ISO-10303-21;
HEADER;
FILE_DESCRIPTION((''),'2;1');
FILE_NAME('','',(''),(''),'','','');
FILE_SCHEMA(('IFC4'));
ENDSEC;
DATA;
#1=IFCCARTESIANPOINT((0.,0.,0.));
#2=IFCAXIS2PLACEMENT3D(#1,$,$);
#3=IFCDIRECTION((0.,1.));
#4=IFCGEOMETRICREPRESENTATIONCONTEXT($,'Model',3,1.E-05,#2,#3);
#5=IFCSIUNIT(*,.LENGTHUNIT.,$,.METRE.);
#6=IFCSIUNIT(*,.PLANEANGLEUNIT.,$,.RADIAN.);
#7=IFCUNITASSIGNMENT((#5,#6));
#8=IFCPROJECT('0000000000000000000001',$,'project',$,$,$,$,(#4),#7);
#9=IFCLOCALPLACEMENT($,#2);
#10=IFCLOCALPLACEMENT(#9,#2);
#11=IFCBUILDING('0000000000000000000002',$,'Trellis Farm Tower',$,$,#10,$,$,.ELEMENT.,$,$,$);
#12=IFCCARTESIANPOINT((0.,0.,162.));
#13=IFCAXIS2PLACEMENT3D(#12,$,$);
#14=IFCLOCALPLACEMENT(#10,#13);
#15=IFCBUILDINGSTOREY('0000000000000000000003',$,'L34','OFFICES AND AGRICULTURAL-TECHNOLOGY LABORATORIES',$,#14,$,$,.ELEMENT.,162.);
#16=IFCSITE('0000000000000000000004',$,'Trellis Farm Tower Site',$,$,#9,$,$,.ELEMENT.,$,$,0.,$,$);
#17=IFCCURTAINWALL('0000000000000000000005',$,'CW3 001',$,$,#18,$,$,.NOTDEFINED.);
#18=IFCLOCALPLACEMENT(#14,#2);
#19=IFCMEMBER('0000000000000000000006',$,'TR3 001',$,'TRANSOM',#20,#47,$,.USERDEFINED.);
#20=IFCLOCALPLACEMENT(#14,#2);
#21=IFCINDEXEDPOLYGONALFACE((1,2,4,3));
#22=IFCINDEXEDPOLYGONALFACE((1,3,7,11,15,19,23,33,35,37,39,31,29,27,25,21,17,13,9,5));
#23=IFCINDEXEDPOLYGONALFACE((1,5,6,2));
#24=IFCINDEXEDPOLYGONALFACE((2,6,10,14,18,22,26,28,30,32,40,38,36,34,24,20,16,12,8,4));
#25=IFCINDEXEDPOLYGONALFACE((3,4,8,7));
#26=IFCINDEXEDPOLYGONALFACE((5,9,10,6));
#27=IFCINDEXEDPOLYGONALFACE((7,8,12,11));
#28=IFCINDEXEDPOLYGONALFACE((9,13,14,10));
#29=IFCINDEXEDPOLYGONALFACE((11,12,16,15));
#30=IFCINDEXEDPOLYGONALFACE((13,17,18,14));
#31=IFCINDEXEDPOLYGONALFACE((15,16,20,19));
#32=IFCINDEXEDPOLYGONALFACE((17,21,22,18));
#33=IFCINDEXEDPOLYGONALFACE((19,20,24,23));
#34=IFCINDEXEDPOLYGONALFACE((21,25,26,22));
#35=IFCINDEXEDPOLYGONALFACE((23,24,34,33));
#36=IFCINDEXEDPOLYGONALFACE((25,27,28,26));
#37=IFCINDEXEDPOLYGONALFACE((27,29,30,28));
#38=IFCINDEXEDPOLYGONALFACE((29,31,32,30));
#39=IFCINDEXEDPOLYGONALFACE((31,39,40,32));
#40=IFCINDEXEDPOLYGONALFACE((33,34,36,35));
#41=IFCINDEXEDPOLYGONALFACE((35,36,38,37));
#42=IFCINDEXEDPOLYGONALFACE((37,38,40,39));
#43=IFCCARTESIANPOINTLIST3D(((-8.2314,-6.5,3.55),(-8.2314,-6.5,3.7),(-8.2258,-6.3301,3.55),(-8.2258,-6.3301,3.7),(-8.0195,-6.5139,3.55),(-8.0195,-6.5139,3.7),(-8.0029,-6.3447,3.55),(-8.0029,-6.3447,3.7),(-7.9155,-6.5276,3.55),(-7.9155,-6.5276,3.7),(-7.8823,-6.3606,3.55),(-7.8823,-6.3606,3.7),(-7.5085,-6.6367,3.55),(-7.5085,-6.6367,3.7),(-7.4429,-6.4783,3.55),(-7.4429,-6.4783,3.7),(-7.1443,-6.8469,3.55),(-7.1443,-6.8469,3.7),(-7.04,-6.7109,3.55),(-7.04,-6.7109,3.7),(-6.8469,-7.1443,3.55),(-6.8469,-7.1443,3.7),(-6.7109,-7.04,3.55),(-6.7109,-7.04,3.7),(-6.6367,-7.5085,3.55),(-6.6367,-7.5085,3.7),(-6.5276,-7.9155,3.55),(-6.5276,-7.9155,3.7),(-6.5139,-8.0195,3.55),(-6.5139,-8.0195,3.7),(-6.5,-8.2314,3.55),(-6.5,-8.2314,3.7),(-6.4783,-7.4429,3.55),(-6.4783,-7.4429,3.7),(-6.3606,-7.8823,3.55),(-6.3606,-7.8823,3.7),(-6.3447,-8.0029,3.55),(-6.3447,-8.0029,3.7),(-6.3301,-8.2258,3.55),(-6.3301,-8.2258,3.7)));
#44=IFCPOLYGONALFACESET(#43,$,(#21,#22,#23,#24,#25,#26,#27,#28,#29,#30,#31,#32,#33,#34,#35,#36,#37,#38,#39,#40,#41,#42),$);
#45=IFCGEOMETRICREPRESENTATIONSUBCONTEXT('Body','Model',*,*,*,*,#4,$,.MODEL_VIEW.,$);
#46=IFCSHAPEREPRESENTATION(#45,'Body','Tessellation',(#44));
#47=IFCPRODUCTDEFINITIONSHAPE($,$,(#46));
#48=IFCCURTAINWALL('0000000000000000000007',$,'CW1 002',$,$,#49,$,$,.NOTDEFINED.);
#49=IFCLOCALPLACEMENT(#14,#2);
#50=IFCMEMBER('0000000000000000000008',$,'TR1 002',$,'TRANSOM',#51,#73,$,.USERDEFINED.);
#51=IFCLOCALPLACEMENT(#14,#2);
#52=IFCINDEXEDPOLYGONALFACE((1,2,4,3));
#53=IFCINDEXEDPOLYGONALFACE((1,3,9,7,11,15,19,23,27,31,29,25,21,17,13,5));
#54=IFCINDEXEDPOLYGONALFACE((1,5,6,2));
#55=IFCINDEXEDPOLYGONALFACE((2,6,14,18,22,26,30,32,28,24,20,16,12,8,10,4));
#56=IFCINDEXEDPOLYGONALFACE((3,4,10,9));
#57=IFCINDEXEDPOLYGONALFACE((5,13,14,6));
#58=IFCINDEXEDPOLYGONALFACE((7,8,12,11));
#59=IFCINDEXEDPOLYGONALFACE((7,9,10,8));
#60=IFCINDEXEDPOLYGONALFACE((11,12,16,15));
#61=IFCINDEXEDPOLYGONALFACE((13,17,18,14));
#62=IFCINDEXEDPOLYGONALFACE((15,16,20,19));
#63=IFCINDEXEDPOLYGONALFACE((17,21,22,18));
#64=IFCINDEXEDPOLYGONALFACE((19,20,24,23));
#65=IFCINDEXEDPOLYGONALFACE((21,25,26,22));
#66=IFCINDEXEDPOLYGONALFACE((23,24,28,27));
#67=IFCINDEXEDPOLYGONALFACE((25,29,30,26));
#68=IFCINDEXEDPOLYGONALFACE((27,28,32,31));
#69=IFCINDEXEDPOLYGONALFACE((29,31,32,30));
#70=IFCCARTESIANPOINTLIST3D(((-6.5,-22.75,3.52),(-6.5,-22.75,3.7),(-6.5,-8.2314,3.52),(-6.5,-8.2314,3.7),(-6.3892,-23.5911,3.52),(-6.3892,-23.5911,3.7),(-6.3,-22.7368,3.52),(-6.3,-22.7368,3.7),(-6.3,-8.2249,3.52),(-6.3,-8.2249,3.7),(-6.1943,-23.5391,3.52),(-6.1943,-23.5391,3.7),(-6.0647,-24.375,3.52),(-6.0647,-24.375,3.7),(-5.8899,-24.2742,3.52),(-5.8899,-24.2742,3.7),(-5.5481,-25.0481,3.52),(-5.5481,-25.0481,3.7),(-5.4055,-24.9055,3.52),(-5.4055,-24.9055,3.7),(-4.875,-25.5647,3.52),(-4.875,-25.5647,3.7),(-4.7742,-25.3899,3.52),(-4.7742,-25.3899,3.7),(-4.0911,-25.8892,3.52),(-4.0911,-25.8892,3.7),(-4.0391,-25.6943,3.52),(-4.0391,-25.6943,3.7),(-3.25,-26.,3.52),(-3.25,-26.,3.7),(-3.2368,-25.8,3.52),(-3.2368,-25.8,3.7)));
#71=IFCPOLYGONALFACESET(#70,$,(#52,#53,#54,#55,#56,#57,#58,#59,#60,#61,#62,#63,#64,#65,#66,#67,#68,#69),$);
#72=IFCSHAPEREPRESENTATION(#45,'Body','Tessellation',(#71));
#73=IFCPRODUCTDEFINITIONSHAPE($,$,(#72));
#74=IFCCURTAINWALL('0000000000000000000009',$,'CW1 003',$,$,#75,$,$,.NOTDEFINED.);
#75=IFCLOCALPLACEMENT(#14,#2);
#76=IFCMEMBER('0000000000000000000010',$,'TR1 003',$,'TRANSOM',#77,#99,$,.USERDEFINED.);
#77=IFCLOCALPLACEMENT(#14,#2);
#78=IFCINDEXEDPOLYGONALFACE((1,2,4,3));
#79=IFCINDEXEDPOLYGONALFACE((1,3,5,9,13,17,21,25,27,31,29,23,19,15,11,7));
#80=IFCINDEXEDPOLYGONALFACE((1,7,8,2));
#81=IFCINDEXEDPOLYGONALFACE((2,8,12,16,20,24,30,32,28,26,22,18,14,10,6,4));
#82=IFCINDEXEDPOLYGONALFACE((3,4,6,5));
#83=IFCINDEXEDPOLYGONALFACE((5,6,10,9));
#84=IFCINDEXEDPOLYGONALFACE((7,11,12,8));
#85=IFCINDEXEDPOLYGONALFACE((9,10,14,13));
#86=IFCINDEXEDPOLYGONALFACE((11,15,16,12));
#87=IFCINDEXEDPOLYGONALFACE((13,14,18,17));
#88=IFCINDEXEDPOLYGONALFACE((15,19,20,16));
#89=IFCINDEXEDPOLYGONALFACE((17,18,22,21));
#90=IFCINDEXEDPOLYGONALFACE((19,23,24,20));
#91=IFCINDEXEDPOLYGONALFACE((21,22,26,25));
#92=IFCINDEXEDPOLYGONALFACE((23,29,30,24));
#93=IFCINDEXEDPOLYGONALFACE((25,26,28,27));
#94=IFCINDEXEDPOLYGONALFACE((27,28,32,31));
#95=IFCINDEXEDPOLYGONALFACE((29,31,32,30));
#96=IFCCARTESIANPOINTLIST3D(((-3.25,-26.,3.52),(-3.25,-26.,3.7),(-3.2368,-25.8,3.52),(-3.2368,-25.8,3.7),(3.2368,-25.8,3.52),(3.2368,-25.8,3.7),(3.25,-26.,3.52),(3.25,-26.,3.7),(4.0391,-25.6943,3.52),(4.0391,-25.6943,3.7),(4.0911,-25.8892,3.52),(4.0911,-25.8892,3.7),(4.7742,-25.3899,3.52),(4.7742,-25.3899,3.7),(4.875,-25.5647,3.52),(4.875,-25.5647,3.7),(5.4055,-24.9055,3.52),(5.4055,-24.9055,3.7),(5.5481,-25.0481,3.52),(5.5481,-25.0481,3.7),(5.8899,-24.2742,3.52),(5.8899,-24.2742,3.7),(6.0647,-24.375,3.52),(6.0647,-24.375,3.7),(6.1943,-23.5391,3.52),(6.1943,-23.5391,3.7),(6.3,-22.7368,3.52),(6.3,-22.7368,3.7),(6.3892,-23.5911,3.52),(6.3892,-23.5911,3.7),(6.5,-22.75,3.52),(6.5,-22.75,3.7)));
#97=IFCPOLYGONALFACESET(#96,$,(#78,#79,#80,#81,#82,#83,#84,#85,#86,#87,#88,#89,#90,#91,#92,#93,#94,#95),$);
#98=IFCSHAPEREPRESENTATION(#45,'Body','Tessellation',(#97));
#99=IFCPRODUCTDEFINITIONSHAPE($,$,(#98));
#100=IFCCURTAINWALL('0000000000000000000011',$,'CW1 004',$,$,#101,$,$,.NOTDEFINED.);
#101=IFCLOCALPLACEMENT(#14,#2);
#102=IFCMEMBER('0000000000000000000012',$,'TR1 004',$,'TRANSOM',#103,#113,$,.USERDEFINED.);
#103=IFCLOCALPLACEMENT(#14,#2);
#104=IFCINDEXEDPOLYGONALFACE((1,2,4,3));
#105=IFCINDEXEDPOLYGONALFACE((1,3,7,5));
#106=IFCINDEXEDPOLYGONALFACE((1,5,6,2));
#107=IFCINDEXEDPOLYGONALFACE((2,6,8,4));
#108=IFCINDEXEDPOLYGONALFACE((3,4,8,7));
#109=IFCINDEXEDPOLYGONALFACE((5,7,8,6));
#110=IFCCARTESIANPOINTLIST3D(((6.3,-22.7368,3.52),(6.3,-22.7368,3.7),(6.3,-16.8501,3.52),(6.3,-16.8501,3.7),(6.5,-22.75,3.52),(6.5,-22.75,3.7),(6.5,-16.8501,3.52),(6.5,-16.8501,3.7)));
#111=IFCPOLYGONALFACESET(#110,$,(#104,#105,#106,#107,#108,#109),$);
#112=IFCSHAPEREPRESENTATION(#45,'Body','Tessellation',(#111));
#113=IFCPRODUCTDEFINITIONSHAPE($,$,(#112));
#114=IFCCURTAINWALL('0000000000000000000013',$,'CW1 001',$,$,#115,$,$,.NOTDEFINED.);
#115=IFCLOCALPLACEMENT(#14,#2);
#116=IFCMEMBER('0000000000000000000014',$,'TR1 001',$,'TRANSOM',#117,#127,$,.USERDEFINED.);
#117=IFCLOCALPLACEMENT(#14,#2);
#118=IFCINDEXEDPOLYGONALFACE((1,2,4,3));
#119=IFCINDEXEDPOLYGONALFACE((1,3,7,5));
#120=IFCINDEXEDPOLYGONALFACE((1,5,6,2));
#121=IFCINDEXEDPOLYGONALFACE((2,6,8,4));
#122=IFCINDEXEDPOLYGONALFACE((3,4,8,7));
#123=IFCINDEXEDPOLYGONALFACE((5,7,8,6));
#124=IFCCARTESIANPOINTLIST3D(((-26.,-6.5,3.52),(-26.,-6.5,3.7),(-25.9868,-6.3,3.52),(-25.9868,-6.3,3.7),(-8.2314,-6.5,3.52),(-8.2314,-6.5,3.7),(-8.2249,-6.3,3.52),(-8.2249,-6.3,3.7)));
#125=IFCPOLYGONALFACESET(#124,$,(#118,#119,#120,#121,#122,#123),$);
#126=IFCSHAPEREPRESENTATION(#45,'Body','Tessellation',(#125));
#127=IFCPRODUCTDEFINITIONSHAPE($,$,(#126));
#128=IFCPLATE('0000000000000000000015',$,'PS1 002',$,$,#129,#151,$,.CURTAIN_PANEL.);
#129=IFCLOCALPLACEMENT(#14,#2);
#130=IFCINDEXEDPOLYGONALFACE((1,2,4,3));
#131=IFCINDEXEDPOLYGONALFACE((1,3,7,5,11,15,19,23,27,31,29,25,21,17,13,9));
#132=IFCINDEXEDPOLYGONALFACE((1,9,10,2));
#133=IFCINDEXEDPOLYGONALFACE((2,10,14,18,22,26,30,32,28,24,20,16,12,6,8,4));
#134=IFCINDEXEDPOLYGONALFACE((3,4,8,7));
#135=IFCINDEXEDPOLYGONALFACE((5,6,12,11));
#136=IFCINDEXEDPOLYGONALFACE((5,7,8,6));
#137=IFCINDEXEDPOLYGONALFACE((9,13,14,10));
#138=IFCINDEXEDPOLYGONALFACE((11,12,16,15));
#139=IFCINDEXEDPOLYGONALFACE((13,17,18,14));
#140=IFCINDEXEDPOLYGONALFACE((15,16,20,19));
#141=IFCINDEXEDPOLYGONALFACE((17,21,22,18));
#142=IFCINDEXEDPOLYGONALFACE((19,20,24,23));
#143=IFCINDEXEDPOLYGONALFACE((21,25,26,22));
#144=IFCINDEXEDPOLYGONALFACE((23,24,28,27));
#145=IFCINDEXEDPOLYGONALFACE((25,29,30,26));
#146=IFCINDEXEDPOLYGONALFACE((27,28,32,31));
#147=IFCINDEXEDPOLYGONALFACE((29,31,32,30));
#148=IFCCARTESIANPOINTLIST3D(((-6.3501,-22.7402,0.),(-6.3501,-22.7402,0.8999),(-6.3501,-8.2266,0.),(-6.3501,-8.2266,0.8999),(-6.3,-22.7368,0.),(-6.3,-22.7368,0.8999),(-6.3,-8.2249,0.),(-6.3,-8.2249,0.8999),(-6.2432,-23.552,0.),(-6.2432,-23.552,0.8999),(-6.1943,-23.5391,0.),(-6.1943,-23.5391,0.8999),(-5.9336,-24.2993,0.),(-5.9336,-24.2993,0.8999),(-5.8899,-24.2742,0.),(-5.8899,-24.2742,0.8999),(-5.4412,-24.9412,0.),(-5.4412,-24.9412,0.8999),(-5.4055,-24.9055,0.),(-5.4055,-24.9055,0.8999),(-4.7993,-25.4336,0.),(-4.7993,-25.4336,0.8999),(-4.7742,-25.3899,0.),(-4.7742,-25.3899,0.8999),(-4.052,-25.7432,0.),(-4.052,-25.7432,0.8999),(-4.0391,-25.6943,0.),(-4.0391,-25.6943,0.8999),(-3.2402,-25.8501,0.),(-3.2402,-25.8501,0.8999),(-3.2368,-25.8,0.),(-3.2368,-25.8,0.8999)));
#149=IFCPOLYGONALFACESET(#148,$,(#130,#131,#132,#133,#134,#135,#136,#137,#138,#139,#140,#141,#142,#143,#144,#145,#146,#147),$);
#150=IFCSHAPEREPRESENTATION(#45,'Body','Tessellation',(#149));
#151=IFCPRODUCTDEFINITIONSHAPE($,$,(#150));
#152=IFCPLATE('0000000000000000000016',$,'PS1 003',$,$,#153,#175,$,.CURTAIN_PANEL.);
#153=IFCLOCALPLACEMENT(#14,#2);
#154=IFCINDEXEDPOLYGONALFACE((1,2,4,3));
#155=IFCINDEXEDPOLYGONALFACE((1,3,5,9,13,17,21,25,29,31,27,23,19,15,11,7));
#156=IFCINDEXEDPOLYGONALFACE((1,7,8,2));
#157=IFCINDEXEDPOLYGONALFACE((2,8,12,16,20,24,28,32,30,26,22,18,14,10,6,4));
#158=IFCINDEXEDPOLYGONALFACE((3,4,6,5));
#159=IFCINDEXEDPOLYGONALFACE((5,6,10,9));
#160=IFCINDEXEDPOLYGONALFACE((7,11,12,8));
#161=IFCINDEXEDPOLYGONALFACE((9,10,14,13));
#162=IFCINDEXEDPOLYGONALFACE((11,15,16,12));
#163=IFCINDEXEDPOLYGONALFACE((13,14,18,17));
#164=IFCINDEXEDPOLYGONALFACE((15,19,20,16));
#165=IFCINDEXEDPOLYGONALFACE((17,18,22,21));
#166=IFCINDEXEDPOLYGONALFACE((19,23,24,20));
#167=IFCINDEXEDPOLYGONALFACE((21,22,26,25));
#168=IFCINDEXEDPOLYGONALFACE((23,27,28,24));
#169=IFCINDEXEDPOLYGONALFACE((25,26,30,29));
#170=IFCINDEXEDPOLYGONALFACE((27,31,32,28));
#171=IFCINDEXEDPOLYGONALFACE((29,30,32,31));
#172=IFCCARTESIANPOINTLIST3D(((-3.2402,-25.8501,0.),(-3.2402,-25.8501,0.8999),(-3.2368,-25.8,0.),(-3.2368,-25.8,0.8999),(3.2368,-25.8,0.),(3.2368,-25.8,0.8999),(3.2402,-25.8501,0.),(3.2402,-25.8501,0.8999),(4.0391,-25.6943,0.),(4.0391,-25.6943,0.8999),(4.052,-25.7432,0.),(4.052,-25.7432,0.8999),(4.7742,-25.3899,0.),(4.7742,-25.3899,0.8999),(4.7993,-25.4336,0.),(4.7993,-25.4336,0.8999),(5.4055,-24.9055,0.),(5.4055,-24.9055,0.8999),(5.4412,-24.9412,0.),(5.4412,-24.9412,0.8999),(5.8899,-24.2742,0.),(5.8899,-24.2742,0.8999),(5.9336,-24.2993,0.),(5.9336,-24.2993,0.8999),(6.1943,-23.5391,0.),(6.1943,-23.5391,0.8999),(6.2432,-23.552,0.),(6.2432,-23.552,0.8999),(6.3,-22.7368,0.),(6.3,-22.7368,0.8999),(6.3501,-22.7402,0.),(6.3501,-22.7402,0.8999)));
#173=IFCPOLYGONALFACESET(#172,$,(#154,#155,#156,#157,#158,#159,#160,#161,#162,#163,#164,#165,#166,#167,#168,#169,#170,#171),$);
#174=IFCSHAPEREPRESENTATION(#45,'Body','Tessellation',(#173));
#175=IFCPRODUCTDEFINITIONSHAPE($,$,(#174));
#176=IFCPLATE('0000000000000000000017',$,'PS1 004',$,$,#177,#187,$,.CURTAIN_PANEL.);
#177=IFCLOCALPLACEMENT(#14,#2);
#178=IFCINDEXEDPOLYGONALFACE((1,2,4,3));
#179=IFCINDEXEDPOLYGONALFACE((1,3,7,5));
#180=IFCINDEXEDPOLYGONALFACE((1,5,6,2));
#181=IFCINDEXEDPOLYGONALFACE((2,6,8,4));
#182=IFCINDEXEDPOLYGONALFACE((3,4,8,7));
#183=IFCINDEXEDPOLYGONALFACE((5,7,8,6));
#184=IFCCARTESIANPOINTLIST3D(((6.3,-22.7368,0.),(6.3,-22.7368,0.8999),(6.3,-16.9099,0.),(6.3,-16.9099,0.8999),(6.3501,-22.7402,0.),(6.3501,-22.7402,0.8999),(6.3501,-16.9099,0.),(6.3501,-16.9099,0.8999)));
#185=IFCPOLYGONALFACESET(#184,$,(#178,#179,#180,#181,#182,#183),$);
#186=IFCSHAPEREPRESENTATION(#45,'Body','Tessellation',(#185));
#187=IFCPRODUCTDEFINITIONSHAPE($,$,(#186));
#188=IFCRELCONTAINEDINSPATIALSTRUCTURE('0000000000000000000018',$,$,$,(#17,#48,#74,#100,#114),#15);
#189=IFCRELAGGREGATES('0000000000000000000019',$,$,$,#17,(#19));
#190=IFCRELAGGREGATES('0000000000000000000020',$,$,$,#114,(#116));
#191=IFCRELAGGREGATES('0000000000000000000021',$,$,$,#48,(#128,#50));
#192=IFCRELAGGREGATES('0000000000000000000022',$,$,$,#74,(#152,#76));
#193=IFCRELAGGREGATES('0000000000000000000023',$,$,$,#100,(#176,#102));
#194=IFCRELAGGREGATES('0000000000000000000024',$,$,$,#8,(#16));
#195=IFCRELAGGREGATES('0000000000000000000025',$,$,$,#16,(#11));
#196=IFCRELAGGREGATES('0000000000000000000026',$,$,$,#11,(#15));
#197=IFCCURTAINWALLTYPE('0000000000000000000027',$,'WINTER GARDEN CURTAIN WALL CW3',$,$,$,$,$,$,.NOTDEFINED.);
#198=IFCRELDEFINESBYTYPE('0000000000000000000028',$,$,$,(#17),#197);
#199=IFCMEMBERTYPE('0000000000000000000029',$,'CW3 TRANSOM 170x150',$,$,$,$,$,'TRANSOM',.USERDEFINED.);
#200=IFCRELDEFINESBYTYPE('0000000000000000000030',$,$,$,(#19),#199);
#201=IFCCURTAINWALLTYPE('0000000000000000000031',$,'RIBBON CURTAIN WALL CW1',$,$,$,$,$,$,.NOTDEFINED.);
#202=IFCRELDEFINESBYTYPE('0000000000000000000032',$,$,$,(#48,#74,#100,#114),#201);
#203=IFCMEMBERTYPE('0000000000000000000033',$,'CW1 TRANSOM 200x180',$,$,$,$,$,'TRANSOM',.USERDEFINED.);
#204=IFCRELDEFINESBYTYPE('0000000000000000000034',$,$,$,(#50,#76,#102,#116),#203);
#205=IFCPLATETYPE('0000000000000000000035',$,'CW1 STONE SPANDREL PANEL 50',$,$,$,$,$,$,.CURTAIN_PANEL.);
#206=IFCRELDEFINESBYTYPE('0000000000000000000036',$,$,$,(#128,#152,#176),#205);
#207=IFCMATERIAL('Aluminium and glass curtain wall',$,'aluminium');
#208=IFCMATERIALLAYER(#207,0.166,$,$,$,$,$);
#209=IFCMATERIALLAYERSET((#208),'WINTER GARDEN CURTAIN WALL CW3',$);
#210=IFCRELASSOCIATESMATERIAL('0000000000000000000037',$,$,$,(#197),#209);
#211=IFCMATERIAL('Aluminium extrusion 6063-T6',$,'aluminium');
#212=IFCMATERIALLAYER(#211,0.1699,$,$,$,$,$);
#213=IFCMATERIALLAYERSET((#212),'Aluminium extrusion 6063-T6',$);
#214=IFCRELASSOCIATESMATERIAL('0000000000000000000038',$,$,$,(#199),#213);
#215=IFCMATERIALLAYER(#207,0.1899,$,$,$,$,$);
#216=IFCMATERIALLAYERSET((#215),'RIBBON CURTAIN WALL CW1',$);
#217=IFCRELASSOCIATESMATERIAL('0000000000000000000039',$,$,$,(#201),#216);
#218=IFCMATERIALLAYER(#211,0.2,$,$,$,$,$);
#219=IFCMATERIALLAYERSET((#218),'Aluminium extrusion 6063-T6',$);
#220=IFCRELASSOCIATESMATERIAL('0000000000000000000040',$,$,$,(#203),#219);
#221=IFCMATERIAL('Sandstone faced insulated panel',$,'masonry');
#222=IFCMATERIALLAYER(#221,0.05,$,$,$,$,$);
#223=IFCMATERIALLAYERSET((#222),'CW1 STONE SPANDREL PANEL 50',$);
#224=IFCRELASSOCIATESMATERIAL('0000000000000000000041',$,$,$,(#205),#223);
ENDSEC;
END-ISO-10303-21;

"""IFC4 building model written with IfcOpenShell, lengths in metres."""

from ifc_helpers import new_model, si_unit, direction, frame, origin, place, context, subcontext, project, spatial, polyline, outline, extrude, source, transform, mapped, material, layer, layer_set, type_object, element, aggregate, save


model = new_model("IFC4")

# Units and contexts
model_context = context("Model", 3, precision=1e-05, world=origin(), true_north=direction((0.0, 1.0)))
body_context = subcontext(model_context, "Body", "Model", "MODEL_VIEW")
ifc_project = project(units=[si_unit("LENGTHUNIT", "METRE"), si_unit("PLANEANGLEUNIT", "RADIAN")], contexts=[model_context])

# Site, building, storey
site_placement = place(None, origin())
site = spatial("IfcSite", under=ifc_project, at=site_placement, Name="Trellis Farm Tower Site", CompositionType="ELEMENT", RefElevation=0.0)
building_placement = place(site_placement, origin())
building = spatial("IfcBuilding", under=site, at=building_placement, Name="Trellis Farm Tower", CompositionType="ELEMENT")
storey_placement = place(building_placement, frame((0.0, 0.0, 162.0)))
storey = spatial("IfcBuildingStorey", under=building, at=storey_placement, Name="L34", Description="OFFICES AND AGRICULTURAL-TECHNOLOGY LABORATORIES", CompositionType="ELEMENT", Elevation=162.0)

# Curtain walls, members
ifc_material_1 = material(Name="Aluminium and glass curtain wall", Category="aluminium")
ifc_layer_1 = layer(ifc_material_1, 0.166)
ifc_layer_set_1 = layer_set([ifc_layer_1], Name="WINTER GARDEN CURTAIN WALL CW3")
curtain_wall_type_1 = type_object("IfcCurtainWallType", Name="WINTER GARDEN CURTAIN WALL CW3", PredefinedType="NOTDEFINED", material=ifc_layer_set_1)
placement_1 = place(storey_placement, origin())
curtain_wall_1 = element("IfcCurtainWall", 1, at=placement_1, inside=storey, type_object=curtain_wall_type_1, Name="CW3 001", PredefinedType="NOTDEFINED")
ifc_material_2 = material(Name="Aluminium extrusion 6063-T6", Category="aluminium")
ifc_layer_2 = layer(ifc_material_2, 0.1699)
ifc_layer_set_2 = layer_set([ifc_layer_2], Name="Aluminium extrusion 6063-T6")
member_type_1 = type_object("IfcMemberType", Name="CW3 TRANSOM 170x150", ElementType="TRANSOM", PredefinedType="USERDEFINED", material=ifc_layer_set_2)
shared_shape_1 = source(origin(), body_context, "Body", "SweptSolid", [
    extrude(outline(polyline([(-8.2314, -6.5), (-8.0195, -6.5139), (-7.9155, -6.5276), (-7.5085, -6.6367), (-7.1443, -6.8469), (-6.8469, -7.1443), (-6.6367, -7.5085), (-6.5276, -7.9155), (-6.5139, -8.0195), (-6.5, -8.2314), (-6.3301, -8.2258), (-6.3447, -8.0029), (-6.3606, -7.8823), (-6.4783, -7.4429), (-6.7109, -7.04), (-7.04, -6.7109), (-7.4429, -6.4783), (-7.8823, -6.3606), (-8.0029, -6.3447), (-8.2258, -6.3301), (-8.2314, -6.5)])), origin(), (0.0, 0.0, 1.0), 0.1499),
])
member_1_placement = place(storey_placement, frame((0.0, 0.0, 3.55)))
member_1 = element("IfcMember", 2, at=member_1_placement, type_object=member_type_1, Name="TR3 001", ObjectType="TRANSOM", PredefinedType="USERDEFINED", context=body_context, shape_type="MappedRepresentation", body=[
    mapped(shared_shape_1, transform((0.0, 0.0, 0.0))),
])
ifc_layer_3 = layer(ifc_material_1, 0.1899)
ifc_layer_set_3 = layer_set([ifc_layer_3], Name="RIBBON CURTAIN WALL CW1")
curtain_wall_type_2 = type_object("IfcCurtainWallType", Name="RIBBON CURTAIN WALL CW1", PredefinedType="NOTDEFINED", material=ifc_layer_set_3)
curtain_wall_2 = element("IfcCurtainWall", 3, at=placement_1, inside=storey, type_object=curtain_wall_type_2, Name="CW1 002", PredefinedType="NOTDEFINED")
ifc_layer_4 = layer(ifc_material_2, 0.2)
ifc_layer_set_4 = layer_set([ifc_layer_4], Name="Aluminium extrusion 6063-T6")
member_type_2 = type_object("IfcMemberType", Name="CW1 TRANSOM 200x180", ElementType="TRANSOM", PredefinedType="USERDEFINED", material=ifc_layer_set_4)
shared_shape_2 = source(origin(), body_context, "Body", "SweptSolid", [
    extrude(outline(polyline([(-6.5, -8.2314), (-6.5, -22.75), (-6.3892, -23.5911), (-6.0647, -24.375), (-5.5481, -25.0481), (-4.875, -25.5647), (-4.0911, -25.8892), (-3.25, -26.0), (-3.2368, -25.8), (-4.0391, -25.6943), (-4.7742, -25.3899), (-5.4055, -24.9055), (-5.8899, -24.2742), (-6.1943, -23.5391), (-6.3, -22.7368), (-6.3, -8.2249), (-6.5, -8.2314)])), origin(), (0.0, 0.0, 1.0), 0.1799),
])
placement_2 = place(storey_placement, frame((0.0, 0.0, 3.52)))
member_2 = element("IfcMember", 4, at=placement_2, type_object=member_type_2, Name="TR1 002", ObjectType="TRANSOM", PredefinedType="USERDEFINED", context=body_context, shape_type="MappedRepresentation", body=[
    mapped(shared_shape_2, transform((0.0, 0.0, 0.0))),
])
curtain_wall_3 = element("IfcCurtainWall", 5, at=placement_1, inside=storey, type_object=curtain_wall_type_2, Name="CW1 003", PredefinedType="NOTDEFINED")
shared_shape_3 = source(origin(), body_context, "Body", "SweptSolid", [
    extrude(outline(polyline([(-3.25, -26.0), (3.25, -26.0), (4.0911, -25.8892), (4.875, -25.5647), (5.5481, -25.0481), (6.0647, -24.375), (6.3892, -23.5911), (6.5, -22.75), (6.3, -22.7368), (6.1943, -23.5391), (5.8899, -24.2742), (5.4055, -24.9055), (4.7742, -25.3899), (4.0391, -25.6943), (3.2368, -25.8), (-3.2368, -25.8), (-3.25, -26.0)])), origin(), (0.0, 0.0, 1.0), 0.1799),
])
member_3 = element("IfcMember", 6, at=placement_2, type_object=member_type_2, Name="TR1 003", ObjectType="TRANSOM", PredefinedType="USERDEFINED", context=body_context, shape_type="MappedRepresentation", body=[
    mapped(shared_shape_3, transform((0.0, 0.0, 0.0))),
])
curtain_wall_4 = element("IfcCurtainWall", 7, at=placement_1, inside=storey, type_object=curtain_wall_type_2, Name="CW1 004", PredefinedType="NOTDEFINED")
shared_shape_4 = source(origin(), body_context, "Body", "SweptSolid", [
    extrude(outline(polyline([(6.5, -22.75), (6.5, -16.8501), (6.3, -16.8501), (6.3, -22.7368), (6.5, -22.75)])), origin(), (0.0, 0.0, 1.0), 0.1799),
])
member_4 = element("IfcMember", 8, at=placement_2, type_object=member_type_2, Name="TR1 004", ObjectType="TRANSOM", PredefinedType="USERDEFINED", context=body_context, shape_type="MappedRepresentation", body=[
    mapped(shared_shape_4, transform((0.0, 0.0, 0.0))),
])
curtain_wall_5 = element("IfcCurtainWall", 9, at=placement_1, inside=storey, type_object=curtain_wall_type_2, Name="CW1 001", PredefinedType="NOTDEFINED")
shared_shape_5 = source(origin(), body_context, "Body", "SweptSolid", [
    extrude(outline(polyline([(-26.0, -6.5), (-8.2314, -6.5), (-8.2249, -6.3), (-25.9868, -6.3), (-26.0, -6.5)])), origin(), (0.0, 0.0, 1.0), 0.1799),
])
member_5 = element("IfcMember", 10, at=placement_2, type_object=member_type_2, Name="TR1 001", ObjectType="TRANSOM", PredefinedType="USERDEFINED", context=body_context, shape_type="MappedRepresentation", body=[
    mapped(shared_shape_5, transform((0.0, 0.0, 0.0))),
])

# Plates
ifc_material_3 = material(Name="Sandstone faced insulated panel", Category="masonry")
ifc_layer_5 = layer(ifc_material_3, 0.05)
ifc_layer_set_5 = layer_set([ifc_layer_5], Name="CW1 STONE SPANDREL PANEL 50")
plate_type_1 = type_object("IfcPlateType", Name="CW1 STONE SPANDREL PANEL 50", PredefinedType="CURTAIN_PANEL", material=ifc_layer_set_5)
shared_shape_6 = source(origin(), body_context, "Body", "SweptSolid", [
    extrude(outline(polyline([(-6.3501, -8.2266), (-6.3501, -22.7402), (-6.2432, -23.552), (-5.9336, -24.2993), (-5.4412, -24.9412), (-4.7993, -25.4336), (-4.052, -25.7432), (-3.2402, -25.8501), (-3.2368, -25.8), (-4.0391, -25.6943), (-4.7742, -25.3899), (-5.4055, -24.9055), (-5.8899, -24.2742), (-6.1943, -23.5391), (-6.3, -22.7368), (-6.3, -8.2249), (-6.3501, -8.2266)])), origin(), (0.0, 0.0, 1.0), 0.8999),
])
plate_1 = element("IfcPlate", 11, at=placement_1, type_object=plate_type_1, Name="PS1 002", PredefinedType="CURTAIN_PANEL", context=body_context, shape_type="MappedRepresentation", body=[
    mapped(shared_shape_6, transform((0.0, 0.0, 0.0))),
])
shared_shape_7 = source(origin(), body_context, "Body", "SweptSolid", [
    extrude(outline(polyline([(-3.2402, -25.8501), (3.2402, -25.8501), (4.052, -25.7432), (4.7993, -25.4336), (5.4412, -24.9412), (5.9336, -24.2993), (6.2432, -23.552), (6.3501, -22.7402), (6.3, -22.7368), (6.1943, -23.5391), (5.8899, -24.2742), (5.4055, -24.9055), (4.7742, -25.3899), (4.0391, -25.6943), (3.2368, -25.8), (-3.2368, -25.8), (-3.2402, -25.8501)])), origin(), (0.0, 0.0, 1.0), 0.8999),
])
plate_2 = element("IfcPlate", 12, at=placement_1, type_object=plate_type_1, Name="PS1 003", PredefinedType="CURTAIN_PANEL", context=body_context, shape_type="MappedRepresentation", body=[
    mapped(shared_shape_7, transform((0.0, 0.0, 0.0))),
])
shared_shape_8 = source(origin(), body_context, "Body", "SweptSolid", [
    extrude(outline(polyline([(6.3501, -22.7402), (6.3501, -16.9099), (6.3, -16.9099), (6.3, -22.7368), (6.3501, -22.7402)])), origin(), (0.0, 0.0, 1.0), 0.8999),
])
plate_3 = element("IfcPlate", 13, at=placement_1, type_object=plate_type_1, Name="PS1 004", PredefinedType="CURTAIN_PANEL", context=body_context, shape_type="MappedRepresentation", body=[
    mapped(shared_shape_8, transform((0.0, 0.0, 0.0))),
])

aggregate(curtain_wall_1, [member_1])
aggregate(curtain_wall_5, [member_5])
aggregate(curtain_wall_2, [plate_1, member_2])
aggregate(curtain_wall_3, [plate_2, member_3])
aggregate(curtain_wall_4, [plate_3, member_4])

save(model, "model.ifc")
